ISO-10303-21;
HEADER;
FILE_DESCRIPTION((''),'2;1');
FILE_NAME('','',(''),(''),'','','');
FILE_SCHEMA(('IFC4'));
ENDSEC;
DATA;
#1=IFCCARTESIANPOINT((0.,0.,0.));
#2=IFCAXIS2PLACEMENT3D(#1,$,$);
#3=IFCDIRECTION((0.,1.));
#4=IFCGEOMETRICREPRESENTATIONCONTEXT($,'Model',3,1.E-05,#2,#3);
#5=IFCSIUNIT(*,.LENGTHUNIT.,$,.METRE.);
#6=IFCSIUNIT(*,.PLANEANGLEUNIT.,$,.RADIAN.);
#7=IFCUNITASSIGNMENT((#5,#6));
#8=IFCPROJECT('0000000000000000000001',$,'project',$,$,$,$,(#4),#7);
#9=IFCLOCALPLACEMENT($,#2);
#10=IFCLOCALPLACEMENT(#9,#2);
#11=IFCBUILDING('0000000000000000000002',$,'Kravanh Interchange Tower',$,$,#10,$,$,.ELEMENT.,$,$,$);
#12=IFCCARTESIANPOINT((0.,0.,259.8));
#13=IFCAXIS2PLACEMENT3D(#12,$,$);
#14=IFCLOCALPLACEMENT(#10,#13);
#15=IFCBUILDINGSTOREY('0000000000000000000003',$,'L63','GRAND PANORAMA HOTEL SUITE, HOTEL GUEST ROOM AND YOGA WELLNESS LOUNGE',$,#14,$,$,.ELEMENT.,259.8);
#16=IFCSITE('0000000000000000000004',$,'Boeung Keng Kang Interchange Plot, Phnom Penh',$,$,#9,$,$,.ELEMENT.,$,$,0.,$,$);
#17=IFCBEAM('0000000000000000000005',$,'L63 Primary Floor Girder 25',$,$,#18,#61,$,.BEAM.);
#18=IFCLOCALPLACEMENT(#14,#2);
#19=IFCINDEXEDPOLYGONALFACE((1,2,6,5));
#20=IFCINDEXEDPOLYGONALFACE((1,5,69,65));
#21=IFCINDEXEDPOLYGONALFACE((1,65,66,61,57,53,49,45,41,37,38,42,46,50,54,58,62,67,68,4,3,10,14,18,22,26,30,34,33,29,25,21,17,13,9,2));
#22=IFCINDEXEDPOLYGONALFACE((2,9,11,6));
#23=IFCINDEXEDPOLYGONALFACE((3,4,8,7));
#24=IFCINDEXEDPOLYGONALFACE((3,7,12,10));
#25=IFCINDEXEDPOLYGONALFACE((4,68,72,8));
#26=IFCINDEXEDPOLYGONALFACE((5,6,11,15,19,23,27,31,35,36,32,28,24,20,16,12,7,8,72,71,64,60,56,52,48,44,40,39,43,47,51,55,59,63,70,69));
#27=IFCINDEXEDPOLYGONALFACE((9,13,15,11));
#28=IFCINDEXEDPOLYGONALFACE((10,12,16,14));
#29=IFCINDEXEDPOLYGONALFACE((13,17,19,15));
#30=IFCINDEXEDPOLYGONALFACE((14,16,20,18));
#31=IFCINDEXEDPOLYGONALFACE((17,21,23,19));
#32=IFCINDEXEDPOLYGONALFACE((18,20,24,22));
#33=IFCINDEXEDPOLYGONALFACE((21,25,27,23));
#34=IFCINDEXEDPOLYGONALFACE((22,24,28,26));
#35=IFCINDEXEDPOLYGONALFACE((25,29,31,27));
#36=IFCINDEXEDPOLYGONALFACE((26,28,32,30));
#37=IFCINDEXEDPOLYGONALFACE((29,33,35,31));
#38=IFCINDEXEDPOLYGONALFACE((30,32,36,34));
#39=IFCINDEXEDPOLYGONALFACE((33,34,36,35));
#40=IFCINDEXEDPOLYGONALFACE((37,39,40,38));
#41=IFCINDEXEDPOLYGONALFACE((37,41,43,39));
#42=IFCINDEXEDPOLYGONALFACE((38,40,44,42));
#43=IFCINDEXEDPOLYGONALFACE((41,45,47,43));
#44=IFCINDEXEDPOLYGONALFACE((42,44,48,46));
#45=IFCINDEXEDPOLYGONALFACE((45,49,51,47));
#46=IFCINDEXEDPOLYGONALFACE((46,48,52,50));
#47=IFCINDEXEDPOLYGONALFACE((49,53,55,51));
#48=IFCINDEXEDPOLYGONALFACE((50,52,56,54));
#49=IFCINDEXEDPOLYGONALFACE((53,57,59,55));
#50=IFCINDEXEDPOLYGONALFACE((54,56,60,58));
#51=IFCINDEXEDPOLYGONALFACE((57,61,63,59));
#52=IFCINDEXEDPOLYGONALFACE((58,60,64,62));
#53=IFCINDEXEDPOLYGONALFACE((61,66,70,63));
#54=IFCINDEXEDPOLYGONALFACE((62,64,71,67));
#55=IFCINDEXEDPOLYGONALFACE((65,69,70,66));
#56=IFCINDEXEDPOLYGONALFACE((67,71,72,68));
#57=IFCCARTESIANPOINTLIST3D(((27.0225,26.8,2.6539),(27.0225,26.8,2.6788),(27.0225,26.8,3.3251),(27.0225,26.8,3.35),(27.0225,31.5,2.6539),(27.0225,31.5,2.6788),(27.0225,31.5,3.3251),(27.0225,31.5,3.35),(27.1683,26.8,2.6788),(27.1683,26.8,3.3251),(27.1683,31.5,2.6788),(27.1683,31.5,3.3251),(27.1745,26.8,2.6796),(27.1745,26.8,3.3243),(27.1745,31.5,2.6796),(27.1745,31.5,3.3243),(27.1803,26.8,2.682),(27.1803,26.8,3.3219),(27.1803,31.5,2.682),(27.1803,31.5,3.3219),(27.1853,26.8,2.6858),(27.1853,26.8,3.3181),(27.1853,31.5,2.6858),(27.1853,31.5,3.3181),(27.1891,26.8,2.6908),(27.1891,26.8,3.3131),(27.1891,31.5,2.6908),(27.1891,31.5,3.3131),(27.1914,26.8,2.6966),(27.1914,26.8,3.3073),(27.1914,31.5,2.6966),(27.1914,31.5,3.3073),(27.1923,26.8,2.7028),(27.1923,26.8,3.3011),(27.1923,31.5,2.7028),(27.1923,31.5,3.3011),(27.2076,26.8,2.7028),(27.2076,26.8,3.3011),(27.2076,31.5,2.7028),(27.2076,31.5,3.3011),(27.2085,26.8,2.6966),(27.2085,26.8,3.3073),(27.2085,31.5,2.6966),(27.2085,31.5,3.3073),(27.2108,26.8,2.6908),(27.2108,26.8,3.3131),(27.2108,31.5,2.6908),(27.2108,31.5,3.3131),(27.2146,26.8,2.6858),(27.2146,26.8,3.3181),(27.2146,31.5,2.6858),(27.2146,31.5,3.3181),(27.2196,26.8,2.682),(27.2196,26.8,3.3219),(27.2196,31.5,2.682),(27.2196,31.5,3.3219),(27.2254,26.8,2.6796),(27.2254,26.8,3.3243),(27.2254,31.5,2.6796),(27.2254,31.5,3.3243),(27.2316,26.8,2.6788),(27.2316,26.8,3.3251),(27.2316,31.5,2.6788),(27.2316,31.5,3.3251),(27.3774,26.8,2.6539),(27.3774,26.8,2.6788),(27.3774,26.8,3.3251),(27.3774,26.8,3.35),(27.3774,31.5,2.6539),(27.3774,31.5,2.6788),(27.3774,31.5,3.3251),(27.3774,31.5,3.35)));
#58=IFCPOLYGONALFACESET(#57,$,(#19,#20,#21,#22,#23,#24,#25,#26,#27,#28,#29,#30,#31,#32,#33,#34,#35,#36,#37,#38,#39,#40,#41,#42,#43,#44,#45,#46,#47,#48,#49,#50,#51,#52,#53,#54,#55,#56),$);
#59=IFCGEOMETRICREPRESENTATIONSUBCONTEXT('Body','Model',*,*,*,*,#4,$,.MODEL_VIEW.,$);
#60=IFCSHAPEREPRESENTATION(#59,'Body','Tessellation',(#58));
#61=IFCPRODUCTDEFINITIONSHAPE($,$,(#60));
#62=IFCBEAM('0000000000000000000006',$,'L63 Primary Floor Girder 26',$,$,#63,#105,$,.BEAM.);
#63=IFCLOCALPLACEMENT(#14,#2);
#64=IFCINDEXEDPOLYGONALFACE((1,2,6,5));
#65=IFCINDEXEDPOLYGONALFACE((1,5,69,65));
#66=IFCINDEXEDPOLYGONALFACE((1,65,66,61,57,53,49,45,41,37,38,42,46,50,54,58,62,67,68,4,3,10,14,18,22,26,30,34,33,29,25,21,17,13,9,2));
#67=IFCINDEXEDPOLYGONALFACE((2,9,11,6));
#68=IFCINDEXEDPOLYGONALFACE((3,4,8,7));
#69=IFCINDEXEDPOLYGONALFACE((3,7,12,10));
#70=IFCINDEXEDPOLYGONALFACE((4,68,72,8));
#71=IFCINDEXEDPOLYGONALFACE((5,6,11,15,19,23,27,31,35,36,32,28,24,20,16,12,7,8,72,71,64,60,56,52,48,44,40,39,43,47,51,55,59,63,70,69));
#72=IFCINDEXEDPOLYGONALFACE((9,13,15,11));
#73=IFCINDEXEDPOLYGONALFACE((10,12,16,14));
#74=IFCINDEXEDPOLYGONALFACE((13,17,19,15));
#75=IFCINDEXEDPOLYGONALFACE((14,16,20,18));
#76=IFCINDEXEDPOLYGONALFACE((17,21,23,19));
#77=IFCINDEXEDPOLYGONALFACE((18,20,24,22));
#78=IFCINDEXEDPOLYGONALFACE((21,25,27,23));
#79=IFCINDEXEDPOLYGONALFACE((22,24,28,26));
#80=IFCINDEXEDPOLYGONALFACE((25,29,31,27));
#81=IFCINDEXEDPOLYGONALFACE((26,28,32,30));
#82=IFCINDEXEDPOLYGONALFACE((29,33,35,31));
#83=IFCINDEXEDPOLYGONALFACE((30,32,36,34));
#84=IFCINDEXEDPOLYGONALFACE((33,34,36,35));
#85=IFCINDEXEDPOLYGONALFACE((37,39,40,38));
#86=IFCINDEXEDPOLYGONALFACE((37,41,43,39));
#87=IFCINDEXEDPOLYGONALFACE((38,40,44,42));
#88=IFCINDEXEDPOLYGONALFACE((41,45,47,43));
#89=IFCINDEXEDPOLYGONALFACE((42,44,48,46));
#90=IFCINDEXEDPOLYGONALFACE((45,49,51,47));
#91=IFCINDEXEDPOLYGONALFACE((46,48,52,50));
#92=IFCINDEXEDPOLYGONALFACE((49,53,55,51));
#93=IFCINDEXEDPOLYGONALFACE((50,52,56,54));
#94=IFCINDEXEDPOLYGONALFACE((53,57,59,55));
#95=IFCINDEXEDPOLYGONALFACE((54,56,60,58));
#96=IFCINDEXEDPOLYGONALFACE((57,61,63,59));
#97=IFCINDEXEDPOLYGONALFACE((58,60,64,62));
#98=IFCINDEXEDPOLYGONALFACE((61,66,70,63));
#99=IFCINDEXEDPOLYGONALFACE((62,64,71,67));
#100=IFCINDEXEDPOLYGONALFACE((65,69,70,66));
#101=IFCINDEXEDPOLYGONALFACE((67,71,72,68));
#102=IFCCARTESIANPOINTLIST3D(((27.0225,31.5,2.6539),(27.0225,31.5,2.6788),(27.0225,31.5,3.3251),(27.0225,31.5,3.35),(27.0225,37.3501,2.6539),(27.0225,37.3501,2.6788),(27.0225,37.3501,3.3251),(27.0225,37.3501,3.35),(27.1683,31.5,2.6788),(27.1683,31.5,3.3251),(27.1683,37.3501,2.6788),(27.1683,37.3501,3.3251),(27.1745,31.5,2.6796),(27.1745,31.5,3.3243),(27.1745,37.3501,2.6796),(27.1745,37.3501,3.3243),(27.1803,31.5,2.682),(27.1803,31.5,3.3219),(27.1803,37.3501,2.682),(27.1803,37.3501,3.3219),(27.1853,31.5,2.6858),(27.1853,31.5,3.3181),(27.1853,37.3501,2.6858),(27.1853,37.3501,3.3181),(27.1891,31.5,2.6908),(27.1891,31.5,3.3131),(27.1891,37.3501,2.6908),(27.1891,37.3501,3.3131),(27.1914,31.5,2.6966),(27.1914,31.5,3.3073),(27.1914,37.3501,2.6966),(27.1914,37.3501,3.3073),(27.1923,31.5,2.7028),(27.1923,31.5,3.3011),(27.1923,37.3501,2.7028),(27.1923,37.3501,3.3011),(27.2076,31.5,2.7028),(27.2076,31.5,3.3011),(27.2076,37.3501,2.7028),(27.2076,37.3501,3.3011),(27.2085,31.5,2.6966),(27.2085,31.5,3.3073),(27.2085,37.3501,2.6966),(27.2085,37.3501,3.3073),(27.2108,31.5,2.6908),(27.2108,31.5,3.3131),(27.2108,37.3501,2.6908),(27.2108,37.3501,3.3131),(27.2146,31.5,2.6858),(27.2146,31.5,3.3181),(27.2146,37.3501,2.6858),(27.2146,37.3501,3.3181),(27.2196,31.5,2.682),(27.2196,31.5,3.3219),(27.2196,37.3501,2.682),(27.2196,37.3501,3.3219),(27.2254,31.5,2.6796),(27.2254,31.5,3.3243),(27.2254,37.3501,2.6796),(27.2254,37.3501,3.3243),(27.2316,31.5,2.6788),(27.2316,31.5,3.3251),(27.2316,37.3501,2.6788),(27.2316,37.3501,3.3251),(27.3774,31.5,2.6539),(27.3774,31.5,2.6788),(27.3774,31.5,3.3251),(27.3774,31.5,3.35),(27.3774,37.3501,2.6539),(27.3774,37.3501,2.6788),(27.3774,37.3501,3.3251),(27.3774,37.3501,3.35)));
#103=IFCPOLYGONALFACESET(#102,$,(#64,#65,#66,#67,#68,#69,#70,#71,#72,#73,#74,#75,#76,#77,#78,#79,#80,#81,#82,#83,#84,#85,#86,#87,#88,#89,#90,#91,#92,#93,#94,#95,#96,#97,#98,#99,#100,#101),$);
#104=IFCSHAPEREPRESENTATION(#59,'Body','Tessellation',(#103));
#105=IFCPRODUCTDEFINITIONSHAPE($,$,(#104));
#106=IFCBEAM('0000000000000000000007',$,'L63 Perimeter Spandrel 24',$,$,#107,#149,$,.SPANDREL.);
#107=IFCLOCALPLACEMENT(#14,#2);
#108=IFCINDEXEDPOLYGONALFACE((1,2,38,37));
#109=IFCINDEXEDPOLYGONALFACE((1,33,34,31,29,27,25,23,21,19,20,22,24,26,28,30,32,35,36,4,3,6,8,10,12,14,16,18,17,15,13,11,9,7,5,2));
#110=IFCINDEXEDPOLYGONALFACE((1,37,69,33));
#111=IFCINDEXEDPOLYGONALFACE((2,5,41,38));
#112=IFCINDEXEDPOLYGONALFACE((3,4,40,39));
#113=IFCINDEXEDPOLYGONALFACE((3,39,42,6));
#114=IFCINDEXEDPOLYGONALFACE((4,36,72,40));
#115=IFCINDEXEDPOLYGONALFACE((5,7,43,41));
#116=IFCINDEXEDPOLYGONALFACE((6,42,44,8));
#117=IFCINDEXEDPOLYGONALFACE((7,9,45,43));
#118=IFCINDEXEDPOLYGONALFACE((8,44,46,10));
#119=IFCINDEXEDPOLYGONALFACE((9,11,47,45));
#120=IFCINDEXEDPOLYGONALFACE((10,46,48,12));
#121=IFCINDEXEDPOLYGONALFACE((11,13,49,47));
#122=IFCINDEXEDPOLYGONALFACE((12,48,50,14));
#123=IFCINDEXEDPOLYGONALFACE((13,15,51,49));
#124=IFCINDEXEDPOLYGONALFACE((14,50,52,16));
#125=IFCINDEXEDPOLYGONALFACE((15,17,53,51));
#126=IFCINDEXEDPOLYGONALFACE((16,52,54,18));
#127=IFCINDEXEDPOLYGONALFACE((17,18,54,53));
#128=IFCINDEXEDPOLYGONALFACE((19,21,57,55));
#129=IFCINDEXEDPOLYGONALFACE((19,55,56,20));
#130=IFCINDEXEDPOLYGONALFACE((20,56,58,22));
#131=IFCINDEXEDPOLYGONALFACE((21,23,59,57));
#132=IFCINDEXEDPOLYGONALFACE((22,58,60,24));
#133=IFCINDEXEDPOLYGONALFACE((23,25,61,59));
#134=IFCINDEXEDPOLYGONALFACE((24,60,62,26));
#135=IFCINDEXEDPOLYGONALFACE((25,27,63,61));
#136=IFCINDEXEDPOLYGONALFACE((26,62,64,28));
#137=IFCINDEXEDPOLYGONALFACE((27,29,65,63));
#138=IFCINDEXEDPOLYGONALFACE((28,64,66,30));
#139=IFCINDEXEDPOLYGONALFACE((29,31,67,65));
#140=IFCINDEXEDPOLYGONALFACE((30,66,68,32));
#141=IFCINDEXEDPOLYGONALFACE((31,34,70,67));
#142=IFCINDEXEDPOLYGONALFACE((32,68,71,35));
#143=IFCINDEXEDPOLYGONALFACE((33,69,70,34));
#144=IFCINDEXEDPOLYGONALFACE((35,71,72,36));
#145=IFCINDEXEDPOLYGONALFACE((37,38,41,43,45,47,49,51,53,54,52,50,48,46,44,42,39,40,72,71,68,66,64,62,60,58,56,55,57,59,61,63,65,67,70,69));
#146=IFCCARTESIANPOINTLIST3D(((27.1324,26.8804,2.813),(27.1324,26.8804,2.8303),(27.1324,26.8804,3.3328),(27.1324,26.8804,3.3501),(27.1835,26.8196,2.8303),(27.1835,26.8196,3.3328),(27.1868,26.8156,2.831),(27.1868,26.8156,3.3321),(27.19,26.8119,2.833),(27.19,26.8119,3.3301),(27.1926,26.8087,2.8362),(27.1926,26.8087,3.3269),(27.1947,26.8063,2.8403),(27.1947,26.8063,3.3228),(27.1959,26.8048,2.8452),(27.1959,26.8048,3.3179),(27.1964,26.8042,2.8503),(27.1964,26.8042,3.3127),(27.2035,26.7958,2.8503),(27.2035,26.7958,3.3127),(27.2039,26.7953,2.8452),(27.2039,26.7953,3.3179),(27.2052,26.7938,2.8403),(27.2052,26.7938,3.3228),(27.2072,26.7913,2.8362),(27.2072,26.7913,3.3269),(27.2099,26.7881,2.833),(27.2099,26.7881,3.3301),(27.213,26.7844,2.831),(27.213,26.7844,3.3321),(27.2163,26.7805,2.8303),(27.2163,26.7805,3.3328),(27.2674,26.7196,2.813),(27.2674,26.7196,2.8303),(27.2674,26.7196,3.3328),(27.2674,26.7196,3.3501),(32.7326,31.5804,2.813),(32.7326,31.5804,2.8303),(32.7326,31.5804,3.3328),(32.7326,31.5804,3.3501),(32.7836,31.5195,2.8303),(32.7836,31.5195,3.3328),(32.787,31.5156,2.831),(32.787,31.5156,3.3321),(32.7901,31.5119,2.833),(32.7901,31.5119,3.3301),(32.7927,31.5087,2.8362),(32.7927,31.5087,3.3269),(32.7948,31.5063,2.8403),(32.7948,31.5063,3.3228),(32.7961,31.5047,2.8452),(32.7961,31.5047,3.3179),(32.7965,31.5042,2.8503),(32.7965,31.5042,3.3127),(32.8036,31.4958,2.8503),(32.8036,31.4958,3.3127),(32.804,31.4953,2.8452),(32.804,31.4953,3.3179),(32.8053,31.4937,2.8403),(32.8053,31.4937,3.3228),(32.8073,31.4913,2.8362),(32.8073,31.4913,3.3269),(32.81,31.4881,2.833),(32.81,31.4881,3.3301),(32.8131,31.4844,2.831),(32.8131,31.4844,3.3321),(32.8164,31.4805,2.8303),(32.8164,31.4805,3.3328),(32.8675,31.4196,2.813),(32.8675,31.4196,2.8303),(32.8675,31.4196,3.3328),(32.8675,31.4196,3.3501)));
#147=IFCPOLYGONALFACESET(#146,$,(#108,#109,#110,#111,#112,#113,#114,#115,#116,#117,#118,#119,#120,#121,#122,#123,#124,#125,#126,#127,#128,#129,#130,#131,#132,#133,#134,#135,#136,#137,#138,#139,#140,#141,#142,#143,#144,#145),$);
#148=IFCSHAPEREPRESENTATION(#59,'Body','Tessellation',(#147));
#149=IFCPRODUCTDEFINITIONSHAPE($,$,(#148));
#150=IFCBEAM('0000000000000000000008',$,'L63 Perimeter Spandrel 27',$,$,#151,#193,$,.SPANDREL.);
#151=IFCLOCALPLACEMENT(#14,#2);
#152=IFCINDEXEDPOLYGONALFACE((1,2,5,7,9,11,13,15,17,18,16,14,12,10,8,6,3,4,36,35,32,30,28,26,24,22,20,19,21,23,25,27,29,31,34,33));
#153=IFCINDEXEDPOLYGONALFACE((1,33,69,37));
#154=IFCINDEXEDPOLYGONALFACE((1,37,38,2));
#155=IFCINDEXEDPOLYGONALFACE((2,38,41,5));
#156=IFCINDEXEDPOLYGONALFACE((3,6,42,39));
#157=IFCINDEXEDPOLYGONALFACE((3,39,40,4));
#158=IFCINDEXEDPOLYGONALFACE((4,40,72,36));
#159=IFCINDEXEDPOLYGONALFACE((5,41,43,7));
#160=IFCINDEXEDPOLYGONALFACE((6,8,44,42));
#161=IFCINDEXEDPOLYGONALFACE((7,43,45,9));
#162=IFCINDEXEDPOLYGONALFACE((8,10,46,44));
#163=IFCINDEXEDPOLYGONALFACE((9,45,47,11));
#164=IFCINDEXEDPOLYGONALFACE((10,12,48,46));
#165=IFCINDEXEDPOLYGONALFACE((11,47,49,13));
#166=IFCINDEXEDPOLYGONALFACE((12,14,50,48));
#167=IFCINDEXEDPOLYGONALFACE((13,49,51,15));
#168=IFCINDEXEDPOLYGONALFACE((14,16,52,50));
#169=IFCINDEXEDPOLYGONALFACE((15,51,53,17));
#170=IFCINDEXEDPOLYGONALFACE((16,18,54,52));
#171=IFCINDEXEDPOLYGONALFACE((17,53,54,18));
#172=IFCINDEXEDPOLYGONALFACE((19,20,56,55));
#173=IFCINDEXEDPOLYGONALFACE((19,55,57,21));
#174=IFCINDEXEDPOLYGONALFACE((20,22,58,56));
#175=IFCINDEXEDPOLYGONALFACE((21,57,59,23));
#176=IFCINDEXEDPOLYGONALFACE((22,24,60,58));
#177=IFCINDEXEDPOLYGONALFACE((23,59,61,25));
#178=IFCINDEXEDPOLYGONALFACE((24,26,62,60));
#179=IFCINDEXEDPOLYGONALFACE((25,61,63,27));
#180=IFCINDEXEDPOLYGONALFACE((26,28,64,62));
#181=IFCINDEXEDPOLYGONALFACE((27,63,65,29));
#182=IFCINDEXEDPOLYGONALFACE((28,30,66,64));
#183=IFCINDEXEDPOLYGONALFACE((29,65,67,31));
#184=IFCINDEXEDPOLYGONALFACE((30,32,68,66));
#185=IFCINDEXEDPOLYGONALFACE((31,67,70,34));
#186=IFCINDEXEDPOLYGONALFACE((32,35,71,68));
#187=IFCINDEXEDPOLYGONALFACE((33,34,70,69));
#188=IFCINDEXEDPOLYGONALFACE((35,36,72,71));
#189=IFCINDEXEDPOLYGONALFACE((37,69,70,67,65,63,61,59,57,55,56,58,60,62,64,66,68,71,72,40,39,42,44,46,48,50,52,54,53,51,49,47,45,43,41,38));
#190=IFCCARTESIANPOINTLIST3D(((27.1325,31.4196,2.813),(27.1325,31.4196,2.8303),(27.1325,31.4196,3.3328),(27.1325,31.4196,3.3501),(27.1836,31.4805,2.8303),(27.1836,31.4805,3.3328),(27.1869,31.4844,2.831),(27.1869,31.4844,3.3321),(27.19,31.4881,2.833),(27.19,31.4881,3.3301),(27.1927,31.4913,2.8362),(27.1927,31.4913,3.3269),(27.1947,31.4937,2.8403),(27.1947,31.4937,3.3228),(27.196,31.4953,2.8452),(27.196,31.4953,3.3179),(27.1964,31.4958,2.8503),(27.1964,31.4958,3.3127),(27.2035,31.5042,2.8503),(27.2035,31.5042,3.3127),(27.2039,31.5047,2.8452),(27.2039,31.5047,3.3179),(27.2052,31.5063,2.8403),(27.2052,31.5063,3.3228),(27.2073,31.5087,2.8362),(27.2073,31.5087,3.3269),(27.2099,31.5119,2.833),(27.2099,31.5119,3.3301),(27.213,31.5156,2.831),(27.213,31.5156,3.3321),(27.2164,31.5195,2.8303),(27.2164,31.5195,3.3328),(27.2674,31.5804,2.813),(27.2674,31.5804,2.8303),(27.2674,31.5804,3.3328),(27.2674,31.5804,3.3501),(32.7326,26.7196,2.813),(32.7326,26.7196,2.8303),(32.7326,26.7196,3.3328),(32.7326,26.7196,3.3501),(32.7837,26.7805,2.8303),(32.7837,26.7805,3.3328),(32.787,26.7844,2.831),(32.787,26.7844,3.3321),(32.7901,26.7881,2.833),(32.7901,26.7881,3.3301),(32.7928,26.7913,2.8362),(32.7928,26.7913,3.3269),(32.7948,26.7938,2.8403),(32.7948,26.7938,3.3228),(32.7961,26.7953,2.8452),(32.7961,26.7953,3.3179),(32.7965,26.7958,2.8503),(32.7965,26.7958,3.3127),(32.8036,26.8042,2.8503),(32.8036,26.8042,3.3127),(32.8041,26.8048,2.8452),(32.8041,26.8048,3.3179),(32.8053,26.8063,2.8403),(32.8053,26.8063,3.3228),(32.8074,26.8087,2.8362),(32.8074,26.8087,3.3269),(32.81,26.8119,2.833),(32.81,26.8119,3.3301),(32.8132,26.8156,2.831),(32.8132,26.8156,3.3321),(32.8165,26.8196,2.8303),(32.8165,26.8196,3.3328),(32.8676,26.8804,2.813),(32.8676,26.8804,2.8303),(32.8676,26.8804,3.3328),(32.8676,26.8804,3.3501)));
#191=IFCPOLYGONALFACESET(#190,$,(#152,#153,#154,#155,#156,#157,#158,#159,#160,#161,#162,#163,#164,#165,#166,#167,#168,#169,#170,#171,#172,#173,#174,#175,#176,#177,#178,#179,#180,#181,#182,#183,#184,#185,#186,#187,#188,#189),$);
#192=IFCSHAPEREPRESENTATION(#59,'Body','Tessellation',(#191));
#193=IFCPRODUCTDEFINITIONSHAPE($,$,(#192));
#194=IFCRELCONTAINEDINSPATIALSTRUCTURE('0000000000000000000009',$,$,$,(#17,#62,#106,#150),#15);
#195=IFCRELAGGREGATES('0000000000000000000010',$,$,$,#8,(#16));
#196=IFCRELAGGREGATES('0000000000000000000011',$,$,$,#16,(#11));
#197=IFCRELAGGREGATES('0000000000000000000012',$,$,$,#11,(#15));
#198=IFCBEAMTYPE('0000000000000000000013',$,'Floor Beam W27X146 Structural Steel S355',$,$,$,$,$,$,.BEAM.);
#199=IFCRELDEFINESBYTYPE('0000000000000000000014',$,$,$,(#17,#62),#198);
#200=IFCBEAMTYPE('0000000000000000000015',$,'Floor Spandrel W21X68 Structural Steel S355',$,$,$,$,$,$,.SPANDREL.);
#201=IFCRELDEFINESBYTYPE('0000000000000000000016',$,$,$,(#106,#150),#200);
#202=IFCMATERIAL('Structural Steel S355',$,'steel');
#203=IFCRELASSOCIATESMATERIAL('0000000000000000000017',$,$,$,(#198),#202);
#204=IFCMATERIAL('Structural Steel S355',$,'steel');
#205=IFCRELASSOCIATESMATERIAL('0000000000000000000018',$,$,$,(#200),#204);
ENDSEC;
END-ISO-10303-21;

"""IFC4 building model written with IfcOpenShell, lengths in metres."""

from ifc_helpers import new_model, si_unit, direction, frame, origin, origin_2d, place, context, subcontext, project, spatial, i_section, extrude, material, material_profile, profile_set, type_object, element, save


model = new_model("IFC4")

# Units and contexts
model_context = context("Model", 3, precision=1e-05, world=origin(), true_north=direction((0.0, 1.0)))
body_context = subcontext(model_context, "Body", "Model", "MODEL_VIEW")
ifc_project = project(units=[si_unit("LENGTHUNIT", "METRE"), si_unit("PLANEANGLEUNIT", "RADIAN")], contexts=[model_context])

# Site, building, storey
site_placement = place(None, origin())
site = spatial("IfcSite", under=ifc_project, at=site_placement, Name="Boeung Keng Kang Interchange Plot, Phnom Penh", CompositionType="ELEMENT", RefElevation=0.0)
building_placement = place(site_placement, origin())
building = spatial("IfcBuilding", under=site, at=building_placement, Name="Kravanh Interchange Tower", CompositionType="ELEMENT")
storey_placement = place(building_placement, frame((0.0, 0.0, 259.8)))
storey = spatial("IfcBuildingStorey", under=building, at=storey_placement, Name="L63", Description="GRAND PANORAMA HOTEL SUITE, HOTEL GUEST ROOM AND YOGA WELLNESS LOUNGE", CompositionType="ELEMENT", Elevation=259.8)

# Beams
ifc_material_1 = material(Name="Structural Steel S355", Category="steel")
ifc_material_profile_1 = material_profile(ifc_material_1, i_section(OverallWidth=0.355, OverallDepth=0.696, WebThickness=0.0154, FlangeThickness=0.0249, FilletRadius=0.0239, at=origin_2d()), Name="W27X146")
ifc_profile_set_1 = profile_set([ifc_material_profile_1], Name="Structural Steel S355")
beam_type_1 = type_object("IfcBeamType", Name="Floor Beam W27X146 Structural Steel S355", PredefinedType="BEAM", material=ifc_profile_set_1)
beam_1_placement = place(storey_placement, frame((27.2, 31.5, 3.002), z_axis=(0.0, -1.0, 0.0), x_axis=(1.0, 0.0, 0.0)))
element("IfcBeam", 1, at=beam_1_placement, inside=storey, type_object=beam_type_1, Name="L63 Primary Floor Girder 25", PredefinedType="BEAM", context=body_context, shape_type="SweptSolid", body=[
    extrude(i_section(OverallWidth=0.355, OverallDepth=0.696, WebThickness=0.0154, FlangeThickness=0.0249, FilletRadius=0.0239, at=origin_2d()), origin(), (0.0, 0.0, 1.0), 4.7),
])
beam_2_placement = place(storey_placement, frame((27.2, 31.5, 3.002), z_axis=(0.0, 1.0, 0.0), x_axis=(-1.0, 0.0, 0.0)))
element("IfcBeam", 2, at=beam_2_placement, inside=storey, type_object=beam_type_1, Name="L63 Primary Floor Girder 26", PredefinedType="BEAM", context=body_context, shape_type="SweptSolid", body=[
    extrude(i_section(OverallWidth=0.355, OverallDepth=0.696, WebThickness=0.0154, FlangeThickness=0.0249, FilletRadius=0.0239, at=origin_2d()), origin(), (0.0, 0.0, 1.0), 5.8501),
])
ifc_material_2 = material(Name="Structural Steel S355", Category="steel")
ifc_material_profile_2 = material_profile(ifc_material_2, i_section(OverallWidth=0.21, OverallDepth=0.5371, WebThickness=0.011, FlangeThickness=0.0173, FilletRadius=0.02, at=origin_2d()), Name="W21X68")
ifc_profile_set_2 = profile_set([ifc_material_profile_2], Name="Structural Steel S355")
beam_type_2 = type_object("IfcBeamType", Name="Floor Spandrel W21X68 Structural Steel S355", PredefinedType="SPANDREL", material=ifc_profile_set_2)
for number, where, z_axis, x_axis, name in (
    (3, (32.8, 31.5, 3.0815), (-0.765983, -0.642861, 0.0), (0.642861, -0.765983, 0.0), "L63 Perimeter Spandrel 24"),
    (4, (27.2, 31.5, 3.0815), (0.765983, -0.642861, 0.0), (0.642861, 0.765983, 0.0), "L63 Perimeter Spandrel 27"),
):
    element("IfcBeam", number, at=place(storey_placement, frame(where, z_axis=z_axis, x_axis=x_axis)), inside=storey, type_object=beam_type_2, Name=name, PredefinedType="SPANDREL", context=body_context, shape_type="SweptSolid", body=[
        extrude(i_section(OverallWidth=0.21, OverallDepth=0.5371, WebThickness=0.011, FlangeThickness=0.0173, FilletRadius=0.02, at=origin_2d()), origin(), (0.0, 0.0, 1.0), 7.311),
    ])

save(model, "model.ifc")
